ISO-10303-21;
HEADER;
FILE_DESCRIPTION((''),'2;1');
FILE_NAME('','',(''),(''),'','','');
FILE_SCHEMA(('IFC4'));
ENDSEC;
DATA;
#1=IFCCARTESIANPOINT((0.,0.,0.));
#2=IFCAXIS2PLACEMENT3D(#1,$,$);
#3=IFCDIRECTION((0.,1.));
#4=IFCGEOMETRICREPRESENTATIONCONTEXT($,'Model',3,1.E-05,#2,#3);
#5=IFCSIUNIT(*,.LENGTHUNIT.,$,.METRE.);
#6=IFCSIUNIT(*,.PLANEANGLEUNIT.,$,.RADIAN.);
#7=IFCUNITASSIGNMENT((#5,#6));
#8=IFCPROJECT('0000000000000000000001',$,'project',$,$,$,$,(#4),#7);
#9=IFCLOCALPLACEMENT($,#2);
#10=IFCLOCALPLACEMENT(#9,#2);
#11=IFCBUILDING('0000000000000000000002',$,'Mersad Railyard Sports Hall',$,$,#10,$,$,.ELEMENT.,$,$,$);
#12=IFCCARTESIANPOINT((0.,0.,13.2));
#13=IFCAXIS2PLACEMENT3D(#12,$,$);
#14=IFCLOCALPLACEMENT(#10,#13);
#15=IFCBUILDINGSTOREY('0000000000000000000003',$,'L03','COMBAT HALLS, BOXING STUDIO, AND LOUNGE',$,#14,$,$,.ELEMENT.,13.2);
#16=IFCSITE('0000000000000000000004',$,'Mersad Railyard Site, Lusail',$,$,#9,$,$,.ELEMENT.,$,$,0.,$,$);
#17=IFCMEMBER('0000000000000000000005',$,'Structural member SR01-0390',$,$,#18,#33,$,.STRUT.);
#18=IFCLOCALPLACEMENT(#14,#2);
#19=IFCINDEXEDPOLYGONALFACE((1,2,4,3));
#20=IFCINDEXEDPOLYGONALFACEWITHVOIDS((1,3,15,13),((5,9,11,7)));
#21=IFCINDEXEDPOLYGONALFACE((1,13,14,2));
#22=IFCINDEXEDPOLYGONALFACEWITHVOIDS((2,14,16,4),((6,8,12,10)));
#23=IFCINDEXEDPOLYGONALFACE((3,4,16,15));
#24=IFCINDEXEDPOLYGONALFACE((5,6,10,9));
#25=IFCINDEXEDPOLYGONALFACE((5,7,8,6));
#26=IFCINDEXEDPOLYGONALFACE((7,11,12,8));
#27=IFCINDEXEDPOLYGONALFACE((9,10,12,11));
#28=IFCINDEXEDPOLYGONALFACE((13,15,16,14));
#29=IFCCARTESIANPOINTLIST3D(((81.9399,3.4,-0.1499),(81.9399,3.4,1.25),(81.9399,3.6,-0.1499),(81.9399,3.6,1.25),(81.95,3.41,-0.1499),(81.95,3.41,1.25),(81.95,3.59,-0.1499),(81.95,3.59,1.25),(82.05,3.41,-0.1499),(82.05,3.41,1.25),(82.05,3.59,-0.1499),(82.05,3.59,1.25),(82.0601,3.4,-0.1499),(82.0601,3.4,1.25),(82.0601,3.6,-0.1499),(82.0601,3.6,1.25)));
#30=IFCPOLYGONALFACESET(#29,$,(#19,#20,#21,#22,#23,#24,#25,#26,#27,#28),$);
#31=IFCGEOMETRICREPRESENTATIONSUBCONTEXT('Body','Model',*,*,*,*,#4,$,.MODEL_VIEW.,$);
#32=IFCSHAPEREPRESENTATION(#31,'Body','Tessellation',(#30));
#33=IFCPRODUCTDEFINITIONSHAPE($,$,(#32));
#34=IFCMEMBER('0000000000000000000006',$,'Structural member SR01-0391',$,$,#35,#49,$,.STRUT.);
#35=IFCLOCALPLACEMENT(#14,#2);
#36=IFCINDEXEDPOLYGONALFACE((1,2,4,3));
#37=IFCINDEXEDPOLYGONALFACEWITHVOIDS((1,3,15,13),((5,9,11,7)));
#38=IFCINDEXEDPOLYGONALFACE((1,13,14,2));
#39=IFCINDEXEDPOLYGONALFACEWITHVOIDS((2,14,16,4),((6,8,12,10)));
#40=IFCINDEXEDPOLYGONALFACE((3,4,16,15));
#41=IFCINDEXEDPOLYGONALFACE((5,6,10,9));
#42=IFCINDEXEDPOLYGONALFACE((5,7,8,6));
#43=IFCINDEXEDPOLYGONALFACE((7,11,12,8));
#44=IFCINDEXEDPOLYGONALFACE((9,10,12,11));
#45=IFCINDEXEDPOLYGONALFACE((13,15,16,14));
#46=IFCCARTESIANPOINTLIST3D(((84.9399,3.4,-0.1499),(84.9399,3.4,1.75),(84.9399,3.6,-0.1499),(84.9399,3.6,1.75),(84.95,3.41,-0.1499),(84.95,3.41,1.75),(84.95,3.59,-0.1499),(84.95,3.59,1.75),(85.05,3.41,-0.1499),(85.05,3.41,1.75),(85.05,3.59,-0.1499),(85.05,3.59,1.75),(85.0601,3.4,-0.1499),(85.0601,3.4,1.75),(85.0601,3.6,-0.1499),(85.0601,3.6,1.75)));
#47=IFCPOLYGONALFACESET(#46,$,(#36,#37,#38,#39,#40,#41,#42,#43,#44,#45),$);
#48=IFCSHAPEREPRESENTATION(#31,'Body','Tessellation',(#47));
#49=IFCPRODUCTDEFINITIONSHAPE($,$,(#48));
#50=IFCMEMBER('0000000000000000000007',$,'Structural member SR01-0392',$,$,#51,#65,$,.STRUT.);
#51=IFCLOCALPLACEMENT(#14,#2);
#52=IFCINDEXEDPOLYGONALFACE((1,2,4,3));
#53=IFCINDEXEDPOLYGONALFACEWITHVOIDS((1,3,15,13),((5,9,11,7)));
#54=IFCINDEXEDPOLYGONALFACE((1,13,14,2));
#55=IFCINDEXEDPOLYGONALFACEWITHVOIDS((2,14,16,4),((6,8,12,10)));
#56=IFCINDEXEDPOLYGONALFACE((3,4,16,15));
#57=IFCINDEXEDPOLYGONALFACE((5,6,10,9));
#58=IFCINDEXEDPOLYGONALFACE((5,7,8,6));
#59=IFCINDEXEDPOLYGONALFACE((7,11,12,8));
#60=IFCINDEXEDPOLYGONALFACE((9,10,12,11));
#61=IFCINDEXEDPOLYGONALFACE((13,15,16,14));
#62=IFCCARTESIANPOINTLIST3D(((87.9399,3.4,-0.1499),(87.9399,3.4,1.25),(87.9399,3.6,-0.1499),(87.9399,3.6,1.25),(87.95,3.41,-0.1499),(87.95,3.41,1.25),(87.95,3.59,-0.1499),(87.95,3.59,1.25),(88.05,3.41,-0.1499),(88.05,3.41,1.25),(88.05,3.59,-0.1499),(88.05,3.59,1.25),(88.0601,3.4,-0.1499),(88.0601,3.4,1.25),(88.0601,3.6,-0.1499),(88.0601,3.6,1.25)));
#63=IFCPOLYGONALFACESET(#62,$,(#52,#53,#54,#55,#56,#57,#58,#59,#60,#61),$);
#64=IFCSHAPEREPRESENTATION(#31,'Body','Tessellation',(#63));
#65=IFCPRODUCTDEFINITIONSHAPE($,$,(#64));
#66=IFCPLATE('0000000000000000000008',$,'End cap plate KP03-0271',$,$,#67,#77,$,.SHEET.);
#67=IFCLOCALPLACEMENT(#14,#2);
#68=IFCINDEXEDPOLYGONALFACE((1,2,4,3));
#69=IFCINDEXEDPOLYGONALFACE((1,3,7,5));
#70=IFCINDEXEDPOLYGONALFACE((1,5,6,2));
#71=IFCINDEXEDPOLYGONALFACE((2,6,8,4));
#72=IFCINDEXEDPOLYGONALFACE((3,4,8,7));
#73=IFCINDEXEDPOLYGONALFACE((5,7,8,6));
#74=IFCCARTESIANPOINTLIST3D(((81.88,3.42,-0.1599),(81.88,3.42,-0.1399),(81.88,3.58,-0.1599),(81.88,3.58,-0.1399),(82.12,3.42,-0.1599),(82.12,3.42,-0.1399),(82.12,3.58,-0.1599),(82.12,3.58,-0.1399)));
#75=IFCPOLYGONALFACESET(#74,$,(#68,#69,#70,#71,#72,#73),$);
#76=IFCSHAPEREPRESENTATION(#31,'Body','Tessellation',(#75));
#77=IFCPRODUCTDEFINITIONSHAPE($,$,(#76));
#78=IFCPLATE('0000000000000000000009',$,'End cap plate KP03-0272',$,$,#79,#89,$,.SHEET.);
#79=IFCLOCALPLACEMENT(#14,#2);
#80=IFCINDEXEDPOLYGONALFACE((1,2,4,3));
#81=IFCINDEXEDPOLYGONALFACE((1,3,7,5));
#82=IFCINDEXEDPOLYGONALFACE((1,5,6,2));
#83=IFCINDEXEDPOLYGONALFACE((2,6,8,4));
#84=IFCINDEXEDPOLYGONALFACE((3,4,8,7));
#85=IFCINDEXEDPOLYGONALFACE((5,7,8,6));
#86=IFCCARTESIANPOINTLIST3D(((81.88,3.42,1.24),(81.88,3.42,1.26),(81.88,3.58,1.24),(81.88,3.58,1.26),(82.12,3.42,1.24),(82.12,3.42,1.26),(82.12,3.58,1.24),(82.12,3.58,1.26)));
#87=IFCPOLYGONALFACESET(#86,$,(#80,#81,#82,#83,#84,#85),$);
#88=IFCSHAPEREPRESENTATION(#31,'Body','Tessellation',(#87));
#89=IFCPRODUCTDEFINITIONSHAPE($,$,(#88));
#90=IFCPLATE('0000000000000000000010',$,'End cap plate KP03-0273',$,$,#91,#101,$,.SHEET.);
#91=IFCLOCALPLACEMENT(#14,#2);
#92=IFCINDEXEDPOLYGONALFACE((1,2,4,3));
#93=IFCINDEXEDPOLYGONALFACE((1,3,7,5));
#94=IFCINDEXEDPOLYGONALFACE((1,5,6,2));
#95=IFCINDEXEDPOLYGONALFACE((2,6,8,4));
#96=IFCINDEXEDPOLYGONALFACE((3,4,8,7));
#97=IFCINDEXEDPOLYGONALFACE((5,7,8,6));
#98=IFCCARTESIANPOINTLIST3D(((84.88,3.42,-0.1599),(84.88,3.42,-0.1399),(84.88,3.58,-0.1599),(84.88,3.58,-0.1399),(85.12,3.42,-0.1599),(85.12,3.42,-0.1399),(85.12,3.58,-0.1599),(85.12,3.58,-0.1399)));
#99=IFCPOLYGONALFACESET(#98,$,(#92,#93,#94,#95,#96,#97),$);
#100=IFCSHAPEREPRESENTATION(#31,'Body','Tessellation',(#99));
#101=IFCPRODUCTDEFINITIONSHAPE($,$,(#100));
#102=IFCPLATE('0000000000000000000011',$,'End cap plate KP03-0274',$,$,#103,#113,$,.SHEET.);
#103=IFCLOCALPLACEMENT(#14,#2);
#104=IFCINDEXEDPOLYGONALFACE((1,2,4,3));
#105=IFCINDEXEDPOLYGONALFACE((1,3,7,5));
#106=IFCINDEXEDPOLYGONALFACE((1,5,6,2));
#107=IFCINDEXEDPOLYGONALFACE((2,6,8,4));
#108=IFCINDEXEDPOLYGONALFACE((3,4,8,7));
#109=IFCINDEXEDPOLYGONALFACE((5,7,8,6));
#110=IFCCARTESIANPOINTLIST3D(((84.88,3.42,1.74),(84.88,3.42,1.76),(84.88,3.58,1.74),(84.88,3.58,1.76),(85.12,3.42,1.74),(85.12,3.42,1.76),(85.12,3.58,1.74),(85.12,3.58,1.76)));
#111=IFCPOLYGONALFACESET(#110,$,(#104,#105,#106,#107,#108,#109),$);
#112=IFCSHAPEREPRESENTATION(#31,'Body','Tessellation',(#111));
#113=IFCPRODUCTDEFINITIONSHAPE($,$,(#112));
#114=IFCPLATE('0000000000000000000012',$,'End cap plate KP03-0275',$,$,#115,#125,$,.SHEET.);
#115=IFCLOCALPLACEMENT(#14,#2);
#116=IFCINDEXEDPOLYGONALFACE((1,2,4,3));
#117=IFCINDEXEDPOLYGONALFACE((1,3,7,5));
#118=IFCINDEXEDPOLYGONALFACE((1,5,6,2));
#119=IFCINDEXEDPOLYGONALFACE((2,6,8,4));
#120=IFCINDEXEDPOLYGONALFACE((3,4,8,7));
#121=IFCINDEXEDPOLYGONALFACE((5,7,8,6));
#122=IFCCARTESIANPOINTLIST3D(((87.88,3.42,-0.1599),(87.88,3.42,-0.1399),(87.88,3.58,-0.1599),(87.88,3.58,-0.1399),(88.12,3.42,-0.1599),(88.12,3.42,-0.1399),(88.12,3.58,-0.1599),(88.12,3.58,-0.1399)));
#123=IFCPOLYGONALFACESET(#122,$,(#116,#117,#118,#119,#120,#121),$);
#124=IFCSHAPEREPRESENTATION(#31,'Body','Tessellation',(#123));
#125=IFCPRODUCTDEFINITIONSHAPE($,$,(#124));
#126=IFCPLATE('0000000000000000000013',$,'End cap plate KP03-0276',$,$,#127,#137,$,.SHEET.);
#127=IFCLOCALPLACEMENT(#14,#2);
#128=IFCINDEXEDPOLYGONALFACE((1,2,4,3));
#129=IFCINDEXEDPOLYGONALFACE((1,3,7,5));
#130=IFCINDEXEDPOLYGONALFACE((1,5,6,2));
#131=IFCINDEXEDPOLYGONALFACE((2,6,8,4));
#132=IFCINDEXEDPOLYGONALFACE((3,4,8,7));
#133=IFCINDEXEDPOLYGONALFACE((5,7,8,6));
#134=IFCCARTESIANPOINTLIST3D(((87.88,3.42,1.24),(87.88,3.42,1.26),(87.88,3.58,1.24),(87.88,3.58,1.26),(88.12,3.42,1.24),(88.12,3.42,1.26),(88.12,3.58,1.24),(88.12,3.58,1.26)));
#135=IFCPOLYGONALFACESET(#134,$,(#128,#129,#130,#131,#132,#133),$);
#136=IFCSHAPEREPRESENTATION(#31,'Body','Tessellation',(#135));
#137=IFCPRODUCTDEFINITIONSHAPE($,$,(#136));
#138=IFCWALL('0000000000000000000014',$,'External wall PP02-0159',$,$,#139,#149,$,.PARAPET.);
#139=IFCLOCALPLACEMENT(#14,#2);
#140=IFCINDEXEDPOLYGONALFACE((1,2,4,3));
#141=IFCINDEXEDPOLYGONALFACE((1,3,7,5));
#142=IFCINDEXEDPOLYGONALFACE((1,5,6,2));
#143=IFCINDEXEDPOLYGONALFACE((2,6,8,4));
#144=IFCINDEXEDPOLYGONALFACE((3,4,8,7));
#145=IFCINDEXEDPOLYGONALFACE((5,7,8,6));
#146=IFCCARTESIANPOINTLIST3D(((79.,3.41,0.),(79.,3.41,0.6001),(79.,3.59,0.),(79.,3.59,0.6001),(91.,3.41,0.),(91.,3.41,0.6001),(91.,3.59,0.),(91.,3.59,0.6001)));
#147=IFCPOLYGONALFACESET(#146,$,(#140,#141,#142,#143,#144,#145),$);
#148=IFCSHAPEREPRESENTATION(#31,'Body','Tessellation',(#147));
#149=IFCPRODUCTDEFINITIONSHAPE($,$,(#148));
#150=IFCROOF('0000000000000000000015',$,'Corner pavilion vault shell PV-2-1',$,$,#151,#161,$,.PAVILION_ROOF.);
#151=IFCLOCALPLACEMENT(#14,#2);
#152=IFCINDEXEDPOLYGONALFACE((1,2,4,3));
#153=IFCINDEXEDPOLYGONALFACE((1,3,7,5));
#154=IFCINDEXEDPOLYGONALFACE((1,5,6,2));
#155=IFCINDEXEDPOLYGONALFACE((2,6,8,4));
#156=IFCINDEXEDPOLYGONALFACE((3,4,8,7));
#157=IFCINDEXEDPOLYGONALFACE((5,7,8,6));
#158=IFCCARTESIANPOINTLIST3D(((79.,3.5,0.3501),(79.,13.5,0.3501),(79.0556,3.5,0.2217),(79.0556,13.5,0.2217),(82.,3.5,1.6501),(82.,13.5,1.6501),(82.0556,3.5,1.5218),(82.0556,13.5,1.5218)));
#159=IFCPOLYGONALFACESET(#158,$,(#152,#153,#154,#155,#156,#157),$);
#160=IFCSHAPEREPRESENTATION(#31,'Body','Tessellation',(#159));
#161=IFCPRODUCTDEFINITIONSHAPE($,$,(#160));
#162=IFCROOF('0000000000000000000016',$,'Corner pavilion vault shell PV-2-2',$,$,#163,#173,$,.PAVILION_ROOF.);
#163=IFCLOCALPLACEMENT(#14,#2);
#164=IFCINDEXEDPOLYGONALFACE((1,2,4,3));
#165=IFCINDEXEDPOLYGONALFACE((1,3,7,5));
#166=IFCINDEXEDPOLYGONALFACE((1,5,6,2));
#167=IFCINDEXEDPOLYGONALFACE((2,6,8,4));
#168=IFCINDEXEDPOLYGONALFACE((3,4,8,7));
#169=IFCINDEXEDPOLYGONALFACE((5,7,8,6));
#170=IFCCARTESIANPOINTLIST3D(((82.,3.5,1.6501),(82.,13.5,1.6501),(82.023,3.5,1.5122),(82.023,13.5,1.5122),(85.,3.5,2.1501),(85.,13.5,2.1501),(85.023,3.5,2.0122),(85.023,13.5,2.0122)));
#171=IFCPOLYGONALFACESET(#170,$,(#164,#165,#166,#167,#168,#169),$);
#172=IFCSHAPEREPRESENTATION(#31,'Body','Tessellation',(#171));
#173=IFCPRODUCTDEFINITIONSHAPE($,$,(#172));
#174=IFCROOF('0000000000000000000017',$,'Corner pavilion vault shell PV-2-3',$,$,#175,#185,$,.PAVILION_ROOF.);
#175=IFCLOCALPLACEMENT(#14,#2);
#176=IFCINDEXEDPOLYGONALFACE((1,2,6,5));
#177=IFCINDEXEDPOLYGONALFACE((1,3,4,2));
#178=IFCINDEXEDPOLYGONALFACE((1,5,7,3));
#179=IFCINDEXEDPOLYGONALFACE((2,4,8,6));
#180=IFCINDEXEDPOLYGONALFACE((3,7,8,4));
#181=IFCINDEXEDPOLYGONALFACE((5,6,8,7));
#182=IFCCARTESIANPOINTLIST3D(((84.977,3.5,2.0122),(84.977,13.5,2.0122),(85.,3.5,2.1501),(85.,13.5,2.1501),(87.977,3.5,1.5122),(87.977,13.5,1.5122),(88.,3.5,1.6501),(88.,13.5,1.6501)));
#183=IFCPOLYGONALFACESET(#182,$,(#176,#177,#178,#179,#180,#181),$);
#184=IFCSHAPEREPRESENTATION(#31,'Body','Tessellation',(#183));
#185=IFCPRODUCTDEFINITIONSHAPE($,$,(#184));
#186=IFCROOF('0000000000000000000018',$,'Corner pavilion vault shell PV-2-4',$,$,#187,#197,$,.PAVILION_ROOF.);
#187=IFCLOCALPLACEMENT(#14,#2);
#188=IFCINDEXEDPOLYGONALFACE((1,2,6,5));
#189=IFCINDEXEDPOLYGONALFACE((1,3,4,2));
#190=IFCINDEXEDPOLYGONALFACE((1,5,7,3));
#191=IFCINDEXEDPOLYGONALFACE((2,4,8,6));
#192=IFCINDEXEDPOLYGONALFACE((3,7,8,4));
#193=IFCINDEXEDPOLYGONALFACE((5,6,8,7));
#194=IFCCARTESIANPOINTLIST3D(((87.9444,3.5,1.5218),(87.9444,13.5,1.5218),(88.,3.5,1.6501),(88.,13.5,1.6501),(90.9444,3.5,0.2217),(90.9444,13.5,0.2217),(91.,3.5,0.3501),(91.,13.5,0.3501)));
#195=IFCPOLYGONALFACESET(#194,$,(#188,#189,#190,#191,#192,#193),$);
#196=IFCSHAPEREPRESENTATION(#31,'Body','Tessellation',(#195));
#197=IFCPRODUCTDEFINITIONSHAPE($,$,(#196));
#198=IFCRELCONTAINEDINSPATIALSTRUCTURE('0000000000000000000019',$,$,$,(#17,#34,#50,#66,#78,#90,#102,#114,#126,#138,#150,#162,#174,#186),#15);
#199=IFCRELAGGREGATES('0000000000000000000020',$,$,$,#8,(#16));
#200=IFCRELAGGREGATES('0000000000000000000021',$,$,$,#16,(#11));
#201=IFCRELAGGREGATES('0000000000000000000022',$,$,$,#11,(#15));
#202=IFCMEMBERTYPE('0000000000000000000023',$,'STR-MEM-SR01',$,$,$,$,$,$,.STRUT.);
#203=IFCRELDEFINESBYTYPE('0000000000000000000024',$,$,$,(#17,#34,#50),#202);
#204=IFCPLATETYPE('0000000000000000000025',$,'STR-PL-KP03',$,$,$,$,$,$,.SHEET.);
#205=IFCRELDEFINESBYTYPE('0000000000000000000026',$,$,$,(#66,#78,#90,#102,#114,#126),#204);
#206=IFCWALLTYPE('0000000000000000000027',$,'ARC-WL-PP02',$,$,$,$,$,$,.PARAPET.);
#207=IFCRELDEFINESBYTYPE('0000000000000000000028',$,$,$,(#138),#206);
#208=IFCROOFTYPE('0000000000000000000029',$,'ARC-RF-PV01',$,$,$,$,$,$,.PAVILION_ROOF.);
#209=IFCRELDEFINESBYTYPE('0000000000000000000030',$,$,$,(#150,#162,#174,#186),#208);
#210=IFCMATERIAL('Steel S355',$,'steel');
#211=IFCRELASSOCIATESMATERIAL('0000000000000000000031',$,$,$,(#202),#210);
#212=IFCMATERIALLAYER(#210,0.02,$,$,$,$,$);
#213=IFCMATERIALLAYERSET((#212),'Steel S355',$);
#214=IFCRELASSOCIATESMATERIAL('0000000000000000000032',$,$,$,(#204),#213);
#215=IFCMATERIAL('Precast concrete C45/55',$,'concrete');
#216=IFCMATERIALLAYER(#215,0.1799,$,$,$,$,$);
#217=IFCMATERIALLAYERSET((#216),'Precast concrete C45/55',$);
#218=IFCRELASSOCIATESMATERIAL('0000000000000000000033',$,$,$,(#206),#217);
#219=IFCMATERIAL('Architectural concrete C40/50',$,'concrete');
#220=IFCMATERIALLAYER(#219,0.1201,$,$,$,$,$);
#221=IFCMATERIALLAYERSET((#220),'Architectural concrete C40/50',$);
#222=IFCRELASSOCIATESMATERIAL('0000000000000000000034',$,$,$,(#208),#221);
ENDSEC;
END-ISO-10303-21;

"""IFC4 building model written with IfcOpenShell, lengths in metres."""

from ifc_helpers import new_model, si_unit, direction, frame, frame_2d, origin, origin_2d, place, context, subcontext, project, spatial, polyline, rectangle, hollow_rectangle, outline, extrude, material, layer, layer_set, material_profile, profile_set, type_object, element, save


model = new_model("IFC4")

# Units and contexts
model_context = context("Model", 3, precision=1e-05, world=origin(), true_north=direction((0.0, 1.0)))
body_context = subcontext(model_context, "Body", "Model", "MODEL_VIEW")
ifc_project = project(units=[si_unit("LENGTHUNIT", "METRE"), si_unit("PLANEANGLEUNIT", "RADIAN")], contexts=[model_context])

# Site, building, storey
site_placement = place(None, origin())
site = spatial("IfcSite", under=ifc_project, at=site_placement, Name="Mersad Railyard Site, Lusail", CompositionType="ELEMENT", RefElevation=0.0)
building_placement = place(site_placement, origin())
building = spatial("IfcBuilding", under=site, at=building_placement, Name="Mersad Railyard Sports Hall", CompositionType="ELEMENT")
storey_placement = place(building_placement, frame((0.0, 0.0, 13.2)))
storey = spatial("IfcBuildingStorey", under=building, at=storey_placement, Name="L03", Description="COMBAT HALLS, BOXING STUDIO, AND LOUNGE", CompositionType="ELEMENT", Elevation=13.2)

# Members
ifc_material_1 = material(Name="Steel S355", Category="steel")
ifc_material_profile_1 = material_profile(ifc_material_1, hollow_rectangle(XDim=0.1201, YDim=0.2, WallThickness=0.01, at=origin_2d()), Name="RHS 200x120x10")
ifc_profile_set_1 = profile_set([ifc_material_profile_1], Name="Steel S355")
member_type = type_object("IfcMemberType", Name="STR-MEM-SR01", PredefinedType="STRUT", material=ifc_profile_set_1)
member_1_placement = place(storey_placement, frame((82.0, 3.5, -0.1499), z_axis=(0.0, 0.0, 1.0), x_axis=(1.0, 0.0, 0.0)))
element("IfcMember", 1, at=member_1_placement, inside=storey, type_object=member_type, Name="Structural member SR01-0390", PredefinedType="STRUT", context=body_context, shape_type="SweptSolid", body=[
    extrude(hollow_rectangle(XDim=0.1201, YDim=0.2, WallThickness=0.01, at=origin_2d()), origin(), (0.0, 0.0, 1.0), 1.3999),
])
member_2_placement = place(storey_placement, frame((85.0, 3.5, -0.1499), z_axis=(0.0, 0.0, 1.0), x_axis=(1.0, 0.0, 0.0)))
element("IfcMember", 2, at=member_2_placement, inside=storey, type_object=member_type, Name="Structural member SR01-0391", PredefinedType="STRUT", context=body_context, shape_type="SweptSolid", body=[
    extrude(hollow_rectangle(XDim=0.1201, YDim=0.2, WallThickness=0.01, at=origin_2d()), origin(), (0.0, 0.0, 1.0), 1.8999),
])
member_3_placement = place(storey_placement, frame((88.0, 3.5, -0.1499), z_axis=(0.0, 0.0, 1.0), x_axis=(1.0, 0.0, 0.0)))
element("IfcMember", 3, at=member_3_placement, inside=storey, type_object=member_type, Name="Structural member SR01-0392", PredefinedType="STRUT", context=body_context, shape_type="SweptSolid", body=[
    extrude(hollow_rectangle(XDim=0.1201, YDim=0.2, WallThickness=0.01, at=origin_2d()), origin(), (0.0, 0.0, 1.0), 1.3999),
])

# Plates
ifc_layer_1 = layer(ifc_material_1, 0.02)
ifc_layer_set_1 = layer_set([ifc_layer_1], Name="Steel S355")
plate_type = type_object("IfcPlateType", Name="STR-PL-KP03", PredefinedType="SHEET", material=ifc_layer_set_1)
for number, where, z_axis, x_axis, name in (
    (4, (82.0, 3.5, -0.1599), (0.0, 0.0, 1.0), (1.0, 0.0, 0.0), "End cap plate KP03-0271"),
    (5, (82.0, 3.5, 1.24), (0.0, 0.0, 1.0), (1.0, 0.0, 0.0), "End cap plate KP03-0272"),
    (6, (85.0, 3.5, -0.1599), (0.0, 0.0, 1.0), (1.0, 0.0, 0.0), "End cap plate KP03-0273"),
    (7, (85.0, 3.5, 1.74), (0.0, 0.0, 1.0), (1.0, 0.0, 0.0), "End cap plate KP03-0274"),
    (8, (88.0, 3.5, -0.1599), (0.0, 0.0, 1.0), (1.0, 0.0, 0.0), "End cap plate KP03-0275"),
    (9, (88.0, 3.5, 1.24), (0.0, 0.0, 1.0), (1.0, 0.0, 0.0), "End cap plate KP03-0276"),
):
    element("IfcPlate", number, at=place(storey_placement, frame(where, z_axis=z_axis, x_axis=x_axis)), inside=storey, type_object=plate_type, Name=name, PredefinedType="SHEET", context=body_context, shape_type="SweptSolid", body=[
        extrude(rectangle(XDim=0.24, YDim=0.1599, at=origin_2d()), origin(), (0.0, 0.0, 1.0), 0.02),
    ])

# Wall
ifc_material_2 = material(Name="Precast concrete C45/55", Category="concrete")
ifc_layer_2 = layer(ifc_material_2, 0.1799)
ifc_layer_set_2 = layer_set([ifc_layer_2], Name="Precast concrete C45/55")
wall_type = type_object("IfcWallType", Name="ARC-WL-PP02", PredefinedType="PARAPET", material=ifc_layer_set_2)
wall_placement = place(storey_placement, frame((79.0, 3.5, 0.0), z_axis=(0.0, 0.0, 1.0), x_axis=(1.0, 0.0, 0.0)))
element("IfcWall", 10, at=wall_placement, inside=storey, type_object=wall_type, Name="External wall PP02-0159", PredefinedType="PARAPET", context=body_context, shape_type="SweptSolid", body=[
    extrude(rectangle(XDim=12.0, YDim=0.1799, at=frame_2d((6.0, 0.0))), origin(), (0.0, 0.0, 1.0), 0.6001),
])

# Roofs
ifc_material_3 = material(Name="Architectural concrete C40/50", Category="concrete")
ifc_layer_3 = layer(ifc_material_3, 0.1201)
ifc_layer_set_3 = layer_set([ifc_layer_3], Name="Architectural concrete C40/50")
roof_type = type_object("IfcRoofType", Name="ARC-RF-PV01", PredefinedType="PAVILION_ROOF", material=ifc_layer_set_3)
roof_1_placement = place(storey_placement, frame((79.0, 3.5, 0.3501), z_axis=(-0.39762, 0.0, 0.91755), x_axis=(0.91755, 0.0, 0.39762)))
element("IfcRoof", 11, at=roof_1_placement, inside=storey, type_object=roof_type, Name="Corner pavilion vault shell PV-2-1", PredefinedType="PAVILION_ROOF", context=body_context, shape_type="SweptSolid", body=[
    extrude(outline(polyline([(0.0, 0.0), (3.2696, 0.0), (3.2696, 10.0), (0.0, 10.0), (0.0, 0.0)])), origin(), (0.0, 0.0, -1.0), 0.1399),
])
for number, where, z_axis, x_axis, name in (
    (12, (82.0, 3.5, 1.6501), (-0.164399, 0.0, 0.986394), (0.986394, 0.0, 0.164399), "Corner pavilion vault shell PV-2-2"),
    (13, (85.0, 3.5, 2.1501), (0.164399, 0.0, 0.986394), (0.986394, 0.0, -0.164399), "Corner pavilion vault shell PV-2-3"),
):
    element("IfcRoof", number, at=place(storey_placement, frame(where, z_axis=z_axis, x_axis=x_axis)), inside=storey, type_object=roof_type, Name=name, PredefinedType="PAVILION_ROOF", context=body_context, shape_type="SweptSolid", body=[
        extrude(outline(polyline([(0.0, 0.0), (3.0414, 0.0), (3.0414, 10.0), (0.0, 10.0), (0.0, 0.0)])), origin(), (0.0, 0.0, -1.0), 0.1399),
    ])
roof_2_placement = place(storey_placement, frame((88.0, 3.5, 1.6501), z_axis=(0.39762, 0.0, 0.91755), x_axis=(0.91755, 0.0, -0.39762)))
element("IfcRoof", 14, at=roof_2_placement, inside=storey, type_object=roof_type, Name="Corner pavilion vault shell PV-2-4", PredefinedType="PAVILION_ROOF", context=body_context, shape_type="SweptSolid", body=[
    extrude(outline(polyline([(0.0, 0.0), (3.2696, 0.0), (3.2696, 10.0), (0.0, 10.0), (0.0, 0.0)])), origin(), (0.0, 0.0, -1.0), 0.1399),
])

save(model, "model.ifc")
